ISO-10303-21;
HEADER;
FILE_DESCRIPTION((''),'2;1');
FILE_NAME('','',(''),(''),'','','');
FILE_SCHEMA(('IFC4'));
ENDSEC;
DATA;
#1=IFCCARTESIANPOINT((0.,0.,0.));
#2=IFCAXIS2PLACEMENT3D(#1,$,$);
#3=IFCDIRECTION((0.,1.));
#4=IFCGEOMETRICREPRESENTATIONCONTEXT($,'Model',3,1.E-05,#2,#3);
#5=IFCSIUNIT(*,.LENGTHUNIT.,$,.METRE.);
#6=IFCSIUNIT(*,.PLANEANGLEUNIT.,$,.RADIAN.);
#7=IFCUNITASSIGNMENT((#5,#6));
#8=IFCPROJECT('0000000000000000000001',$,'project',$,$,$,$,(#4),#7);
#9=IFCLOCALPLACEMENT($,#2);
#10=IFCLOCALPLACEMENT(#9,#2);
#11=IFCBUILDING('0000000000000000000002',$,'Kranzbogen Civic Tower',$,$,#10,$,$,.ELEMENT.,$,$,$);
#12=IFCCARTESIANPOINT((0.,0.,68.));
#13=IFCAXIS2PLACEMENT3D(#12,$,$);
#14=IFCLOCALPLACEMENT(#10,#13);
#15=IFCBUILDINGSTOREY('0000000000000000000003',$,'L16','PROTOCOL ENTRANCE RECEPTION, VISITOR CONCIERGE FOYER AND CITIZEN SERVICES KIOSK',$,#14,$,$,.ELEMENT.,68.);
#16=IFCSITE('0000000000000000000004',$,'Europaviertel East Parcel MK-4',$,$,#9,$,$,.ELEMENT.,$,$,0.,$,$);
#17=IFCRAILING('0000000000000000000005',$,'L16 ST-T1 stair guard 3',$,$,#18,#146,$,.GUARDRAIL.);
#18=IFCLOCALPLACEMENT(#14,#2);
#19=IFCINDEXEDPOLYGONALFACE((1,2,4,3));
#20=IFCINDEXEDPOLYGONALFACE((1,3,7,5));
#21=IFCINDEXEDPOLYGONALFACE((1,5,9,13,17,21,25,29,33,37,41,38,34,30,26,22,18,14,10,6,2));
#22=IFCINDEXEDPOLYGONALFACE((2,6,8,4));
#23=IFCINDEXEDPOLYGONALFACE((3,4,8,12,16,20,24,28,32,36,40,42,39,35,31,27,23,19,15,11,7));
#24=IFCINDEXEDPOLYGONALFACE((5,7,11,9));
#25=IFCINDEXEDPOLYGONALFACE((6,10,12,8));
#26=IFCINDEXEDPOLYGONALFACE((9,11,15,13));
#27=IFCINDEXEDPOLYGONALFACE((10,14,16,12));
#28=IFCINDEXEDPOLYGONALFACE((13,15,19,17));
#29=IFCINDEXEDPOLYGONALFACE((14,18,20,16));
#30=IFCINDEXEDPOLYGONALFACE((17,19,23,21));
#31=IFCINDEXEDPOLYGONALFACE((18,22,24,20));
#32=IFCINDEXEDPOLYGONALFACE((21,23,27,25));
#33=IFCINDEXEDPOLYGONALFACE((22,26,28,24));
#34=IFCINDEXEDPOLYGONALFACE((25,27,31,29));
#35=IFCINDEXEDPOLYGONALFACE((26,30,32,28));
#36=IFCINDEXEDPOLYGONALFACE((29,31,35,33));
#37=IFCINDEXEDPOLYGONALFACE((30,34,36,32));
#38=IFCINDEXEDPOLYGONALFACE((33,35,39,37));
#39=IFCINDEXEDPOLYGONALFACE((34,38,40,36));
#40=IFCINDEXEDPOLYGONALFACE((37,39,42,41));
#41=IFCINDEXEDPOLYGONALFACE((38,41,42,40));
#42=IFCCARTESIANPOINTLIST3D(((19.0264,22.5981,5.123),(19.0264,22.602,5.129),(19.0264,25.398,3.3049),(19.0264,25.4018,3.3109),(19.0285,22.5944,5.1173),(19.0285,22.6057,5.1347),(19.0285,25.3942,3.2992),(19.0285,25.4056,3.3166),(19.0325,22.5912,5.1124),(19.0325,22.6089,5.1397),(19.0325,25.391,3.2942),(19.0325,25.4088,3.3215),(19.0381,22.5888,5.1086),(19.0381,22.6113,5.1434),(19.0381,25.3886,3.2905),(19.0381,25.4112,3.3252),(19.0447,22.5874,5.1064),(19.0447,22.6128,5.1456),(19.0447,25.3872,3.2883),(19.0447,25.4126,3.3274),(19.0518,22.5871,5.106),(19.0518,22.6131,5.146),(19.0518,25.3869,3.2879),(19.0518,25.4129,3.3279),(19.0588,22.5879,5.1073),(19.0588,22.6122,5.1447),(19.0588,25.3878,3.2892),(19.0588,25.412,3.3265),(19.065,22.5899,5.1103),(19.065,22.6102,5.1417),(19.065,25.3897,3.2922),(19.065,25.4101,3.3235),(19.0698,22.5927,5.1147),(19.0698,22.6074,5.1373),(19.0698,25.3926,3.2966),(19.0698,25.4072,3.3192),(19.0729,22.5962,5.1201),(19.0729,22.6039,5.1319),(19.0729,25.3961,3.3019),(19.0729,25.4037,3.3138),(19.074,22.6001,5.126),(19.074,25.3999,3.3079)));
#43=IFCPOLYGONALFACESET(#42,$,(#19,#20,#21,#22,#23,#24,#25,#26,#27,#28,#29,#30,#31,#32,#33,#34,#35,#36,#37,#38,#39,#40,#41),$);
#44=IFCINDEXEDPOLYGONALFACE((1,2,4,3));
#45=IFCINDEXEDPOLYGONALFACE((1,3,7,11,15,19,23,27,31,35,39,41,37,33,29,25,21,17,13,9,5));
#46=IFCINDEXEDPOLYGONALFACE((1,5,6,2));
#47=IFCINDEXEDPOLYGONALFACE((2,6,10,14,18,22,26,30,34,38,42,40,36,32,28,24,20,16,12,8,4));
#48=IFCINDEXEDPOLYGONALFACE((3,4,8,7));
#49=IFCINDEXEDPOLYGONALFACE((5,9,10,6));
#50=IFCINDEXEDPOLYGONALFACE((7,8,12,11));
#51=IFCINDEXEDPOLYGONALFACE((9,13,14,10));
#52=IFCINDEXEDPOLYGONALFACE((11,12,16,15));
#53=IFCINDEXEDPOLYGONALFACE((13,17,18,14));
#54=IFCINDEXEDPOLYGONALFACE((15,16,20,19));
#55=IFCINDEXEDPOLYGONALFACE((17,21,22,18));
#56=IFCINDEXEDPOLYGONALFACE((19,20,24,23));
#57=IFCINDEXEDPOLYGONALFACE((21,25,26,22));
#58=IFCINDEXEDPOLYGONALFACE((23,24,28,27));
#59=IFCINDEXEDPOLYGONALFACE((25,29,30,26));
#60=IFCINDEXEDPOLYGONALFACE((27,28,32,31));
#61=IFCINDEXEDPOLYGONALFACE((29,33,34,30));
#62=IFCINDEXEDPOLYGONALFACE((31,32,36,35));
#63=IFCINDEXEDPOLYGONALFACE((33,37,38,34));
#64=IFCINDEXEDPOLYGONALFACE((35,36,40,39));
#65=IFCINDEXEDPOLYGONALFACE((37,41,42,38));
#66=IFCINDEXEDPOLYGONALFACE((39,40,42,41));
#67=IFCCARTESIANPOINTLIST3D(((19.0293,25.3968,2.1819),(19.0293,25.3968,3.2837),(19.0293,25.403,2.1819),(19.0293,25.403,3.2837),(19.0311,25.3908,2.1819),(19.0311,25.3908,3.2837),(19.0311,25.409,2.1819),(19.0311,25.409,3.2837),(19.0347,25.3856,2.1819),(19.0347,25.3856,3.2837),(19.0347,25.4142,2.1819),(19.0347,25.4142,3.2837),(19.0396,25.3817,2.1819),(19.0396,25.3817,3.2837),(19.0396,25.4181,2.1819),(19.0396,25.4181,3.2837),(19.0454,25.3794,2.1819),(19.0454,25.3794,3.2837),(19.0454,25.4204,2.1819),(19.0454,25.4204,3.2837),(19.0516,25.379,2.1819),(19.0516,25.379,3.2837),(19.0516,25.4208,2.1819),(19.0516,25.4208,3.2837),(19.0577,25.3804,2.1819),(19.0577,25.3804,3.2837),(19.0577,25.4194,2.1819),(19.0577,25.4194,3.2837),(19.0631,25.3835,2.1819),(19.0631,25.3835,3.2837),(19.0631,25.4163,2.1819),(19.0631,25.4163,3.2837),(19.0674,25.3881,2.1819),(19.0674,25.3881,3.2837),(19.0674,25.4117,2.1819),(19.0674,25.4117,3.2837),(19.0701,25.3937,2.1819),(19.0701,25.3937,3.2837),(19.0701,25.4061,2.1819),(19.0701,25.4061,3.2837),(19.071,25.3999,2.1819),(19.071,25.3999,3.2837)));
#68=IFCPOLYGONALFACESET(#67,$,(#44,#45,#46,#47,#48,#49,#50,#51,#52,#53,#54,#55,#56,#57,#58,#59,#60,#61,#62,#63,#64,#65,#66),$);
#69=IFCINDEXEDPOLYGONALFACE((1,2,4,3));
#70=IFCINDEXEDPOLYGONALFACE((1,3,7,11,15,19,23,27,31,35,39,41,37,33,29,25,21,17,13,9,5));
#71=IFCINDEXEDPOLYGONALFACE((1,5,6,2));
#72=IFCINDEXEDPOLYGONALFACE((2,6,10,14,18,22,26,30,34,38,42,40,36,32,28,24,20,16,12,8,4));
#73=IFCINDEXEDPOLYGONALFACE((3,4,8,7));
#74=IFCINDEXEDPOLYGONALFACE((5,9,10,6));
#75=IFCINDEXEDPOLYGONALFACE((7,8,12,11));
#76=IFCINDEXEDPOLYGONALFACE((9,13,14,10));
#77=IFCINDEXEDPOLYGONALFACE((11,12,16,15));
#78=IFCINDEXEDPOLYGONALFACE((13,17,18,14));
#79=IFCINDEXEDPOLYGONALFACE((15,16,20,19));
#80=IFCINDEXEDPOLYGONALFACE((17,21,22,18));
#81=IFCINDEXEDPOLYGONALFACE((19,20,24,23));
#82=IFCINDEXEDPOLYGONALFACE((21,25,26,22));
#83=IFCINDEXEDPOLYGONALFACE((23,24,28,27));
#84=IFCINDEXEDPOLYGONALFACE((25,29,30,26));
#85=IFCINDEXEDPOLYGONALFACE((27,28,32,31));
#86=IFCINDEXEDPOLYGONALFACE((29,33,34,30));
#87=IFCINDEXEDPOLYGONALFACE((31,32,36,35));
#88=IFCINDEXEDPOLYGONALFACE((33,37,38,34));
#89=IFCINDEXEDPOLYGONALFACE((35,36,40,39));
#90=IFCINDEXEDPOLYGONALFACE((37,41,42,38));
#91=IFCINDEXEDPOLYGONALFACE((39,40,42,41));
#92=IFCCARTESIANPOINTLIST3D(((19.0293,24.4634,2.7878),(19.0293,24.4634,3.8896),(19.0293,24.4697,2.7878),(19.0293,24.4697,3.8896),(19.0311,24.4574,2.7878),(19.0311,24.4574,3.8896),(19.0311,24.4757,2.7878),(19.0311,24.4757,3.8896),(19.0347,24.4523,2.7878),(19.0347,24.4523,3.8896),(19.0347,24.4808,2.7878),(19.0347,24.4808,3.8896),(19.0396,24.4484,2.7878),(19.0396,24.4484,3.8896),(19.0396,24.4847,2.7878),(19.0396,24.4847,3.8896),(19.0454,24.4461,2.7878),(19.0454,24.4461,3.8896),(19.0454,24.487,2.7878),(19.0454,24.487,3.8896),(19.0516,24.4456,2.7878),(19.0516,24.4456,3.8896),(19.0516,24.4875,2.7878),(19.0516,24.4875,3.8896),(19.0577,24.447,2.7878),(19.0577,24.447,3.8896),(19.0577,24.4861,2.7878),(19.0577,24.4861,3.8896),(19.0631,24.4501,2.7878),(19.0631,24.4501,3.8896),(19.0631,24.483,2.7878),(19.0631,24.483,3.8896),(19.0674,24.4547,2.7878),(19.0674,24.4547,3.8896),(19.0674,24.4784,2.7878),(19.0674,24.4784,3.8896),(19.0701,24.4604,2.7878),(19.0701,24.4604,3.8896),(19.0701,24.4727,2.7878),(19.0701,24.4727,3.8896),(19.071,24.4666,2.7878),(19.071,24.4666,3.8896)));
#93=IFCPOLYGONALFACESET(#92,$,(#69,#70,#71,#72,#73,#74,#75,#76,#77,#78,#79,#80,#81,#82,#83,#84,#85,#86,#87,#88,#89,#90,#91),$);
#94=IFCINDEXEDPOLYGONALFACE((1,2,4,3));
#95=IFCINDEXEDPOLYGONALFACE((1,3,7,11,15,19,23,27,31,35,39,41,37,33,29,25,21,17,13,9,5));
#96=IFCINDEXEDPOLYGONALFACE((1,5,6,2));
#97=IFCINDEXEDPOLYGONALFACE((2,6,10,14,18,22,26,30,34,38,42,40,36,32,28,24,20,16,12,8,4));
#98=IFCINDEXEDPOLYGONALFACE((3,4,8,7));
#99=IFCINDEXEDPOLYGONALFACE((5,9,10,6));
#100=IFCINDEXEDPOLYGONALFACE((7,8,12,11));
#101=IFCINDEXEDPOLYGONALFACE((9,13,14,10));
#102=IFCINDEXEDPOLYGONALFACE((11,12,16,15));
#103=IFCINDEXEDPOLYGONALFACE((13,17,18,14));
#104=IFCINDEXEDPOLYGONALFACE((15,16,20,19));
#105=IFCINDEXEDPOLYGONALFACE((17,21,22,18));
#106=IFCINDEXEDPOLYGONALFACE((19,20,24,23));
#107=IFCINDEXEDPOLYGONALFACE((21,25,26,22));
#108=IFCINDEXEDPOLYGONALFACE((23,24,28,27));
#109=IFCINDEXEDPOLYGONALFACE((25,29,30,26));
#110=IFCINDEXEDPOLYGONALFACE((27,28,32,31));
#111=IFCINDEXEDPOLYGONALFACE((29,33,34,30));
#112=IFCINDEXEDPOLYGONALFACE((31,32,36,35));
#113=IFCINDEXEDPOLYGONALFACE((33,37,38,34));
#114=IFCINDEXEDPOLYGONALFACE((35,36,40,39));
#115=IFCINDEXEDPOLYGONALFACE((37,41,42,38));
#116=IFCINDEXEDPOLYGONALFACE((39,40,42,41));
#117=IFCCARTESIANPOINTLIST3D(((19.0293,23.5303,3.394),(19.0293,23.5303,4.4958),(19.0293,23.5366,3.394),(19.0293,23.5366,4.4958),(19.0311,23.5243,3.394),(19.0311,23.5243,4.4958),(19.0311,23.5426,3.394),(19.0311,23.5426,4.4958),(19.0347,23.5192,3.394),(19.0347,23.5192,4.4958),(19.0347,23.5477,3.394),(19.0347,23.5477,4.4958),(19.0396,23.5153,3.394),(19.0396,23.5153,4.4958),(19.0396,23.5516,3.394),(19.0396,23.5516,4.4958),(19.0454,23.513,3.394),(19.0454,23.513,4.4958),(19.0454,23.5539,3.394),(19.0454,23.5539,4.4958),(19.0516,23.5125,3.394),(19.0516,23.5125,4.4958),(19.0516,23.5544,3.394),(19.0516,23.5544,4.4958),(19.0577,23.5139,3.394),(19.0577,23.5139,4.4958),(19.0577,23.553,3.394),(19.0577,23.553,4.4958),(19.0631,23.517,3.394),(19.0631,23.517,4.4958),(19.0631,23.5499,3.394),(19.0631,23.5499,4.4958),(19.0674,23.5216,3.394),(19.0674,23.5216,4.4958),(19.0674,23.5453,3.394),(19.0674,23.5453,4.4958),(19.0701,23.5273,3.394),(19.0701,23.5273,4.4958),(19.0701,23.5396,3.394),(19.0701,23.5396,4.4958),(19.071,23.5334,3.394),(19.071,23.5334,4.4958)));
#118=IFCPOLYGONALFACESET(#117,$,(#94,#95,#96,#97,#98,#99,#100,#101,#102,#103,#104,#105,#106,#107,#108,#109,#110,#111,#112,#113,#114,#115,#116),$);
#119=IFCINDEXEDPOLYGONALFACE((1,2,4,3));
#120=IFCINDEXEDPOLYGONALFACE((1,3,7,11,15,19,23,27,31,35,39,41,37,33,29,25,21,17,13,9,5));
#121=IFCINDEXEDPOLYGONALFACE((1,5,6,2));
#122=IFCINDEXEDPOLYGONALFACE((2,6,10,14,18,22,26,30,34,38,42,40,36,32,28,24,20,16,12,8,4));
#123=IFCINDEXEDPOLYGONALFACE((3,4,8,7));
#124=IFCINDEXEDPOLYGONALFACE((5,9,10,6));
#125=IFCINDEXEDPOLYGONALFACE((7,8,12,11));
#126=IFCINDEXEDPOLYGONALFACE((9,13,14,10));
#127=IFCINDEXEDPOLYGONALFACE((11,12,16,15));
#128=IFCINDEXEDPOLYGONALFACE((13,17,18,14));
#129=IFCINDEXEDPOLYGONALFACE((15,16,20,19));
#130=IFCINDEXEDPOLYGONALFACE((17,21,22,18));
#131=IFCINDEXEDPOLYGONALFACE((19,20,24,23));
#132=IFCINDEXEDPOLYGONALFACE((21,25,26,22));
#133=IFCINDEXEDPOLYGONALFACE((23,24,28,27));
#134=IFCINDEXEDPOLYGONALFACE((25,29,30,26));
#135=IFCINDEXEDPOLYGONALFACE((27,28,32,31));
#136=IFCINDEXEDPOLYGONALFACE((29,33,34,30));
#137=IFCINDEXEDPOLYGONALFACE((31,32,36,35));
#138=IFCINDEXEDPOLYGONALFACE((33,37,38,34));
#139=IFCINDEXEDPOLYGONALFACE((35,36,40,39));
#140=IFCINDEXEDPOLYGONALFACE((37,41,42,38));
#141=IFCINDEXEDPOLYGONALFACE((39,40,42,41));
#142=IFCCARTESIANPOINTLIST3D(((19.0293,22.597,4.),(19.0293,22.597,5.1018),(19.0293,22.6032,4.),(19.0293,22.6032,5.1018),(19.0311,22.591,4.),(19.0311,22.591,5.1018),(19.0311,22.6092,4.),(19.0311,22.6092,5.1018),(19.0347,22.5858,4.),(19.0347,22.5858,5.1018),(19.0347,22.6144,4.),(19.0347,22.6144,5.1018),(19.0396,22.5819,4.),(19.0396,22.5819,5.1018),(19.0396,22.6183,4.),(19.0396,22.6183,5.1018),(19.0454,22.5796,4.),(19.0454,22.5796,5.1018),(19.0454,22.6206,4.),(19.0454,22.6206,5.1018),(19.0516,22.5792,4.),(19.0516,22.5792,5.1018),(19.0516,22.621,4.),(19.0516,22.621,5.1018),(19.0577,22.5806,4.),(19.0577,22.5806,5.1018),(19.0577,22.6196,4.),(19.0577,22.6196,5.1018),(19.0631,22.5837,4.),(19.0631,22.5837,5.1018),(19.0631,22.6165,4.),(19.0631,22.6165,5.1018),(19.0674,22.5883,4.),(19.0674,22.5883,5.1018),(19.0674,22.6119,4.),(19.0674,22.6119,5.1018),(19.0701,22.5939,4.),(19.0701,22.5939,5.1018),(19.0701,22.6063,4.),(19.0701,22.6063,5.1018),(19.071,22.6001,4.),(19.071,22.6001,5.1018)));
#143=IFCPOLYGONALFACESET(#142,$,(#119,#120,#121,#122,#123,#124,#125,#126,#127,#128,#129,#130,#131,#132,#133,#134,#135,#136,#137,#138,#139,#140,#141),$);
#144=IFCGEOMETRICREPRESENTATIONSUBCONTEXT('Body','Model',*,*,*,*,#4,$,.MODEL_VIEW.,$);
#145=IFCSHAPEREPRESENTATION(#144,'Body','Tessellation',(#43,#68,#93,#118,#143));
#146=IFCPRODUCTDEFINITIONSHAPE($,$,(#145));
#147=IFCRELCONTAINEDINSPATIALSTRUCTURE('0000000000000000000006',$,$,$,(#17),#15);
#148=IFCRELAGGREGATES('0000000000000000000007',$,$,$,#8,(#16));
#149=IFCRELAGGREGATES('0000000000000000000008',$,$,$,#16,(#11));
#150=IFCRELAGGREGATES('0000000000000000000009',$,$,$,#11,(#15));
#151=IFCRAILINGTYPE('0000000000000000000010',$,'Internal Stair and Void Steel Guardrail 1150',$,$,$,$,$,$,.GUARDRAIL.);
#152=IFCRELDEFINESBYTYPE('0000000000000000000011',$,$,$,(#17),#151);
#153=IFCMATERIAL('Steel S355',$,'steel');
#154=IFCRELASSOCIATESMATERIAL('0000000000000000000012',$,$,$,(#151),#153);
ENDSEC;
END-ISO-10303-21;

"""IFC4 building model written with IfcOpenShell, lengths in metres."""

from ifc_helpers import new_model, si_unit, direction, frame, origin, origin_2d, place, context, subcontext, project, spatial, circle, extrude, material, type_object, element, save


model = new_model("IFC4")

# Units and contexts
model_context = context("Model", 3, precision=1e-05, world=origin(), true_north=direction((0.0, 1.0)))
body_context = subcontext(model_context, "Body", "Model", "MODEL_VIEW")
ifc_project = project(units=[si_unit("LENGTHUNIT", "METRE"), si_unit("PLANEANGLEUNIT", "RADIAN")], contexts=[model_context])

# Site, building, storey
site_placement = place(None, origin())
site = spatial("IfcSite", under=ifc_project, at=site_placement, Name="Europaviertel East Parcel MK-4", CompositionType="ELEMENT", RefElevation=0.0)
building_placement = place(site_placement, origin())
building = spatial("IfcBuilding", under=site, at=building_placement, Name="Kranzbogen Civic Tower", CompositionType="ELEMENT")
storey_placement = place(building_placement, frame((0.0, 0.0, 68.0)))
storey = spatial("IfcBuildingStorey", under=building, at=storey_placement, Name="L16", Description="PROTOCOL ENTRANCE RECEPTION, VISITOR CONCIERGE FOYER AND CITIZEN SERVICES KIOSK", CompositionType="ELEMENT", Elevation=68.0)

# Shared definitions
ifc_material_1 = material(Name="Steel S355", Category="steel")

# Railing
railing_type_1 = type_object("IfcRailingType", Name="Internal Stair and Void Steel Guardrail 1150", PredefinedType="GUARDRAIL", material=ifc_material_1)
railing_1_placement = place(storey_placement, frame((19.05, 25.3999, 2.1819)))
element("IfcRailing", 1, at=railing_1_placement, inside=storey, type_object=railing_type_1, Name="L16 ST-T1 stair guard 3", PredefinedType="GUARDRAIL", context=body_context, shape_type="SweptSolid", body=[
    extrude(circle(Radius=0.0239, at=origin_2d()), frame((0.0, 0.0, 1.126), z_axis=(0.0, -0.838684, 0.544618), x_axis=(1.0, 0.0, 0.0)), (0.0, 0.0, 1.0), 3.3384),
    extrude(circle(Radius=0.021, at=origin_2d()), origin(), (0.0, 0.0, 1.0), 1.1018),
    extrude(circle(Radius=0.021, at=origin_2d()), frame((0.0, -0.9333, 0.606)), (0.0, 0.0, 1.0), 1.1018),
    extrude(circle(Radius=0.021, at=origin_2d()), frame((0.0, -1.8665, 1.2122)), (0.0, 0.0, 1.0), 1.1018),
    extrude(circle(Radius=0.021, at=origin_2d()), frame((0.0, -2.7998, 1.8181)), (0.0, 0.0, 1.0), 1.1018),
])

save(model, "model.ifc")
